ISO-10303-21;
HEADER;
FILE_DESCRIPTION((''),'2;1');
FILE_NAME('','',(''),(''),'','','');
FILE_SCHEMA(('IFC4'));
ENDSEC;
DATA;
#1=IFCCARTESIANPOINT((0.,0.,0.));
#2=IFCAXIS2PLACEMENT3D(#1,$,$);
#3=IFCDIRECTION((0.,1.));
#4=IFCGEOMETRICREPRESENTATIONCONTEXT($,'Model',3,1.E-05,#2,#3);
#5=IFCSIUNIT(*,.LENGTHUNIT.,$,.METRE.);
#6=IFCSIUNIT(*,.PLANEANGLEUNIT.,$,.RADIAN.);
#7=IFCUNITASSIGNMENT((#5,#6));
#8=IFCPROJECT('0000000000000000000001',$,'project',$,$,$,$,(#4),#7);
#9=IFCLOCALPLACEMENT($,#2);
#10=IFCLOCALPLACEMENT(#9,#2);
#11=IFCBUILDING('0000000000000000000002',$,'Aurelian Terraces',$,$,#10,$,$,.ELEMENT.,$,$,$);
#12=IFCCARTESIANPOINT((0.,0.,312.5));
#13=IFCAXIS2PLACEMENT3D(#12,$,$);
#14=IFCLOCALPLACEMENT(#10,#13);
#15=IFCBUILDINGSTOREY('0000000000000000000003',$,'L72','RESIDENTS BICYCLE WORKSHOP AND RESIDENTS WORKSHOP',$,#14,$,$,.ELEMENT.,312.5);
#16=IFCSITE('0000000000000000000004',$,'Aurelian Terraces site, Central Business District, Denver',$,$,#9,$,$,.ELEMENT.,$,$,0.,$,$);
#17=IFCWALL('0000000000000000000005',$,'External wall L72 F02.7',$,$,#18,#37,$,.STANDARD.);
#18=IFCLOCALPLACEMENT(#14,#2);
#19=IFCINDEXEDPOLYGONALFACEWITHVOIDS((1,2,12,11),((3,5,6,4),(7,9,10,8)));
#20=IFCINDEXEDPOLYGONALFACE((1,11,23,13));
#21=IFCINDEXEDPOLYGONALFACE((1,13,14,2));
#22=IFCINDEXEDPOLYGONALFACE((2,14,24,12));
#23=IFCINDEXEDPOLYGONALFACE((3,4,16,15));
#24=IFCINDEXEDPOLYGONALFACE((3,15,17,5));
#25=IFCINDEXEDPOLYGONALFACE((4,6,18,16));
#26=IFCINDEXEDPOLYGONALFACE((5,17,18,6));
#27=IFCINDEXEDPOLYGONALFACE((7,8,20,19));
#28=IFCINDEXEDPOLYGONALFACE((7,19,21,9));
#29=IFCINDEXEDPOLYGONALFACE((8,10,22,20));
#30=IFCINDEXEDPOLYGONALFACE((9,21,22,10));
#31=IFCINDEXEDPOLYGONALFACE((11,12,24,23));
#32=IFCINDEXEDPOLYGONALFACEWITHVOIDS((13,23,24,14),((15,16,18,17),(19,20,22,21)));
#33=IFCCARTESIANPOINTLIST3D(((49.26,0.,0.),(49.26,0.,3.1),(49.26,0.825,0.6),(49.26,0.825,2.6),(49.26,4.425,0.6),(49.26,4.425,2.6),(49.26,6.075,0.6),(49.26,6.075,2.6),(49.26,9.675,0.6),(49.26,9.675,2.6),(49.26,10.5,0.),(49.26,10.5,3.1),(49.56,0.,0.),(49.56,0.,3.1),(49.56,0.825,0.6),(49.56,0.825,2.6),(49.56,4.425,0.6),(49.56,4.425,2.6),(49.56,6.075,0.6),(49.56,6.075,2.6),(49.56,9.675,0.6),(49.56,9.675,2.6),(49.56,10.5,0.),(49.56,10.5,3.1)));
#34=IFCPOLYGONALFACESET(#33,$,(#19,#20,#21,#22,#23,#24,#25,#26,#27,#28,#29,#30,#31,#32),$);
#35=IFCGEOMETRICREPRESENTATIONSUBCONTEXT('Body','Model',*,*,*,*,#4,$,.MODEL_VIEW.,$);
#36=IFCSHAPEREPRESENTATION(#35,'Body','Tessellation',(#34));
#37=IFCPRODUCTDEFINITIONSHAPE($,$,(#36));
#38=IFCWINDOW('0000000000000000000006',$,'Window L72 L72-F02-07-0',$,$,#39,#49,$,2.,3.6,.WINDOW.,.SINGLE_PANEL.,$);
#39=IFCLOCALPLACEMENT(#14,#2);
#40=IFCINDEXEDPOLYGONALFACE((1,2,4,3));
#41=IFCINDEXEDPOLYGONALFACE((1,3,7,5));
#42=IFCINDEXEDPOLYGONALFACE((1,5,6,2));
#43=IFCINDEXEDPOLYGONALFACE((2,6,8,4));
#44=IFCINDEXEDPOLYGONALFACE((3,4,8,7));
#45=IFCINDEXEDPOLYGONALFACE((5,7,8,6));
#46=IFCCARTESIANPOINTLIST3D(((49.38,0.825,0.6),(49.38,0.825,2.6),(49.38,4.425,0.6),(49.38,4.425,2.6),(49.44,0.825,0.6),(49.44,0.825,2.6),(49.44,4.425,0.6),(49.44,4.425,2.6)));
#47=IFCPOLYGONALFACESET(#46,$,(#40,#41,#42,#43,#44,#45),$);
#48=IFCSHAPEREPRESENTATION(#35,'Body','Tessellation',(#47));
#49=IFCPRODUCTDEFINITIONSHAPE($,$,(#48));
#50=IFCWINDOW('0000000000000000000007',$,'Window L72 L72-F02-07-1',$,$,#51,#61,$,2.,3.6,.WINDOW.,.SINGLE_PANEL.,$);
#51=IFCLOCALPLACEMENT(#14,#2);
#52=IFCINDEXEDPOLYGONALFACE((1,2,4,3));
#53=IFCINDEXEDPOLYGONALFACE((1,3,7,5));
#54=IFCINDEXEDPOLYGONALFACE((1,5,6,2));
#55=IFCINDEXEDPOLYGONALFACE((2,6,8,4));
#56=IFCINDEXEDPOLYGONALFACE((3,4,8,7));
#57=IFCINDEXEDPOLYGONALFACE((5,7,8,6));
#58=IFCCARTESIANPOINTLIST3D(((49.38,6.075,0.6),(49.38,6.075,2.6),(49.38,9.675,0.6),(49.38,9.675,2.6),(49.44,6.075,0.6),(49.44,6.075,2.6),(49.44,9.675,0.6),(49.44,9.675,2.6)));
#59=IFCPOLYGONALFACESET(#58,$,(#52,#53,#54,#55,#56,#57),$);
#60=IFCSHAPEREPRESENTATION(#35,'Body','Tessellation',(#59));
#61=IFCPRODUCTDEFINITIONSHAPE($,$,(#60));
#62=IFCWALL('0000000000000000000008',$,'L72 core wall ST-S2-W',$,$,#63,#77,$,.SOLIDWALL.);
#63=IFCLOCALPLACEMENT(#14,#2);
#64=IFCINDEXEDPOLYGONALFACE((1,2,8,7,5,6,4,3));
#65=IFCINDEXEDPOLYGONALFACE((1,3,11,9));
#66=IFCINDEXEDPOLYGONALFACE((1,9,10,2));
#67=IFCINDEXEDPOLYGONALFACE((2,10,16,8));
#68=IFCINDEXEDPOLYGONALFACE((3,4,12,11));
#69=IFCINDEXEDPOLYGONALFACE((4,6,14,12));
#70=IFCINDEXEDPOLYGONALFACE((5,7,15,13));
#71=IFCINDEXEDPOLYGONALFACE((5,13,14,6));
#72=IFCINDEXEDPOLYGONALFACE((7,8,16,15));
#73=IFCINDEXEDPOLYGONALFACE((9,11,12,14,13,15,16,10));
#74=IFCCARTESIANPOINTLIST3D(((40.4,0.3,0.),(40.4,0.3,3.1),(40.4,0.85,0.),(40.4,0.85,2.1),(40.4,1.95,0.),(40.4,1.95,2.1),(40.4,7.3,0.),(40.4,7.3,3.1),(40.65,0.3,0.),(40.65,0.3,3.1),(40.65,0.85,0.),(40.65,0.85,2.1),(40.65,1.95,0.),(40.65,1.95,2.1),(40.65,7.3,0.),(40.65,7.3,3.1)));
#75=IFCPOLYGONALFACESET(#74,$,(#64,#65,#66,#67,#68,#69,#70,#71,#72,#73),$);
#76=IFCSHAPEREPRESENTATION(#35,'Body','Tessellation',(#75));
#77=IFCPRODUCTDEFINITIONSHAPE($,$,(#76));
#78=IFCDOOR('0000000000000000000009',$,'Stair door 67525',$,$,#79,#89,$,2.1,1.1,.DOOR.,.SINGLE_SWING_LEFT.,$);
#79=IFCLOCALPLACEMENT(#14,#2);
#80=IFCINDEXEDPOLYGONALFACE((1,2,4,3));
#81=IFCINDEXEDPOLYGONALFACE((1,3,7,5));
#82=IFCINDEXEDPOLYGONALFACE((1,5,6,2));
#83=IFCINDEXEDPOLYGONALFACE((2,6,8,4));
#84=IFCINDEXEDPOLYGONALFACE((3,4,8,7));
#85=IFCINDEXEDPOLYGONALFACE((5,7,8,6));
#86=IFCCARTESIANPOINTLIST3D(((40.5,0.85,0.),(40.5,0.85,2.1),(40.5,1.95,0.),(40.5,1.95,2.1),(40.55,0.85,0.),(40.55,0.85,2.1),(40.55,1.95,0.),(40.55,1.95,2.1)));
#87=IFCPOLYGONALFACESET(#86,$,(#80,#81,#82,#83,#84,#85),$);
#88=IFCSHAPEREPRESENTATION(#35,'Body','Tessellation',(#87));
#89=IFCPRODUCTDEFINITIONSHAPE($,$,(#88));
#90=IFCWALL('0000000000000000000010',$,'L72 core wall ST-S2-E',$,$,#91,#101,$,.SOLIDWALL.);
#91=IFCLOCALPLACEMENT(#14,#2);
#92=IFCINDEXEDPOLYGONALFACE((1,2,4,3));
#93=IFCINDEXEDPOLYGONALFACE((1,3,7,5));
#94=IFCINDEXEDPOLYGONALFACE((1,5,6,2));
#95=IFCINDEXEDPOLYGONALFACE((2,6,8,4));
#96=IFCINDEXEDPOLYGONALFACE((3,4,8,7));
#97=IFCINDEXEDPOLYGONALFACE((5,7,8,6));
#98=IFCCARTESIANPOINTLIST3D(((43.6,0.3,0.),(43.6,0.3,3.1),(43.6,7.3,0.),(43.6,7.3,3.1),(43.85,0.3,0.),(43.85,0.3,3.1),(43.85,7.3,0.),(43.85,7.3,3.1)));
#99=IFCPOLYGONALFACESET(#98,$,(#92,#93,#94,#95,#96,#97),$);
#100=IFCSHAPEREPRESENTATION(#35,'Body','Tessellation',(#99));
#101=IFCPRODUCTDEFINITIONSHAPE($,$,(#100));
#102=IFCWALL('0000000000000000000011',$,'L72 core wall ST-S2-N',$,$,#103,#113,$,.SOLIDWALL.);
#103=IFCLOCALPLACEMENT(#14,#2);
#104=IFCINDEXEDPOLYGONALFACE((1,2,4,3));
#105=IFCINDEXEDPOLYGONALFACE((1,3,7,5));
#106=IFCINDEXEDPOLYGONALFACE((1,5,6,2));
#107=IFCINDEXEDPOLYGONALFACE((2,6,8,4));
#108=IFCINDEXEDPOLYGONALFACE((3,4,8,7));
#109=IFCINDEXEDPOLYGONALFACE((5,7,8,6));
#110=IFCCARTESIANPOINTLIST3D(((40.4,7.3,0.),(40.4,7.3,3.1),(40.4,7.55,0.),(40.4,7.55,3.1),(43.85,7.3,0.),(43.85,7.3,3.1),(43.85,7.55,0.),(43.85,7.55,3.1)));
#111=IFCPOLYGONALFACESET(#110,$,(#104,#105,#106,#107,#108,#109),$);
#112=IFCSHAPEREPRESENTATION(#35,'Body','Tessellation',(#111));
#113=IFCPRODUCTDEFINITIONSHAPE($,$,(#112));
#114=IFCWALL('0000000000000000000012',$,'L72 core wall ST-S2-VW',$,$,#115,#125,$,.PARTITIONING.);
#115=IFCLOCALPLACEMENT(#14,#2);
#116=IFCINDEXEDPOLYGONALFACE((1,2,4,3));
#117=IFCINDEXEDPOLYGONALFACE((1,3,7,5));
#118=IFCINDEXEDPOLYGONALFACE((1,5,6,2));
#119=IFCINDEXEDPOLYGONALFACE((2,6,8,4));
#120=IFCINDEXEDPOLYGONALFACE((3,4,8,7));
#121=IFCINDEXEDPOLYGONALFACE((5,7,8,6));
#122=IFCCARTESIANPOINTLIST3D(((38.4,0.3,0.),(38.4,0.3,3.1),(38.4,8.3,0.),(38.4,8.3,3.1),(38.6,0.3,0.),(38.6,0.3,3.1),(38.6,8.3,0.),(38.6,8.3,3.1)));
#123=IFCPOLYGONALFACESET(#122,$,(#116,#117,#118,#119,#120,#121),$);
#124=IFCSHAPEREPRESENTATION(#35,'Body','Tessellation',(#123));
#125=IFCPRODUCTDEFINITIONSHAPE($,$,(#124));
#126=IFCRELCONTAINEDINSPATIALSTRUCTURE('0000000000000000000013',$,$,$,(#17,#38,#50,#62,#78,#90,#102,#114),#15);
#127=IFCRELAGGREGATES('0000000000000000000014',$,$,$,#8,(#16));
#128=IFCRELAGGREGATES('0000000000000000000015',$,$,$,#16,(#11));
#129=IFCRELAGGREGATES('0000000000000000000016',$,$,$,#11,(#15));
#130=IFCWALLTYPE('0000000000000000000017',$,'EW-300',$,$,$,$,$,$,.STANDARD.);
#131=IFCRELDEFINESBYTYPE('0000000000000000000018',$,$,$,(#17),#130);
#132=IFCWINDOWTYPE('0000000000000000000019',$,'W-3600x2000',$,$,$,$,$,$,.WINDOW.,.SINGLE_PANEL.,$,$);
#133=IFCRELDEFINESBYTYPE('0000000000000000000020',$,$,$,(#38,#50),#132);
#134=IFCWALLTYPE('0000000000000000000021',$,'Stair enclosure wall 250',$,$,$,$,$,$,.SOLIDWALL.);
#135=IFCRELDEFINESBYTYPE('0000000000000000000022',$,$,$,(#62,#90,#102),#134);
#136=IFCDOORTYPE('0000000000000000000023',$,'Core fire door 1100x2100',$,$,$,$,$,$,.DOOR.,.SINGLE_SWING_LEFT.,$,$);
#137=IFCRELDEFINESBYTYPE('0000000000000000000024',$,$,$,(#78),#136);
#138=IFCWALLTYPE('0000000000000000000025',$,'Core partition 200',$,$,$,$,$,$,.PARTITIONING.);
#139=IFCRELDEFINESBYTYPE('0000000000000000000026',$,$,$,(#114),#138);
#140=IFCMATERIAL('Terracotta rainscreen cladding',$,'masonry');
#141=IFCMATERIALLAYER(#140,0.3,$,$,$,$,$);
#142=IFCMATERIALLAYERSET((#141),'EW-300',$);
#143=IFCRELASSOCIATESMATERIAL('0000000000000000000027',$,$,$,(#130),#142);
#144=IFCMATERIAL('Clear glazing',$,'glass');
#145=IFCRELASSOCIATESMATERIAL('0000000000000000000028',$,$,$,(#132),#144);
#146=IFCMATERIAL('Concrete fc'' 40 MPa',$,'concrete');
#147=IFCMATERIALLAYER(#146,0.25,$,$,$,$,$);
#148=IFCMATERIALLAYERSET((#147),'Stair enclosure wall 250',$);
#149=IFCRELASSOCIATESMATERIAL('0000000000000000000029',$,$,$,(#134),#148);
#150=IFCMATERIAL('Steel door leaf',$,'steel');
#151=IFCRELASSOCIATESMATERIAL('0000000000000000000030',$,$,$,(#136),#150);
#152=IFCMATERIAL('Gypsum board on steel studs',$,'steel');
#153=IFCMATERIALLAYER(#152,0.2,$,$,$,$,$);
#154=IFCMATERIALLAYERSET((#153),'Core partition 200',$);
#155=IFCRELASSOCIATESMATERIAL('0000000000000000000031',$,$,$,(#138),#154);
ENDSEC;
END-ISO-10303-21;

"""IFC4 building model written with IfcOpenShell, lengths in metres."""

from ifc_helpers import new_model, si_unit, direction, frame, frame_2d, origin, place, context, subcontext, project, spatial, rectangle, extrude, source, transform, mapped, material, layer, layer_set, type_object, element, fill, save


model = new_model("IFC4")

# Units and contexts
model_context = context("Model", 3, precision=1e-05, world=origin(), true_north=direction((0.0, 1.0)))
body_context = subcontext(model_context, "Body", "Model", "MODEL_VIEW")
ifc_project = project(units=[si_unit("LENGTHUNIT", "METRE"), si_unit("PLANEANGLEUNIT", "RADIAN")], contexts=[model_context])

# Site, building, storey
site_placement = place(None, origin())
site = spatial("IfcSite", under=ifc_project, at=site_placement, Name="Aurelian Terraces site, Central Business District, Denver", CompositionType="ELEMENT", RefElevation=0.0)
building_placement = place(site_placement, origin())
building = spatial("IfcBuilding", under=site, at=building_placement, Name="Aurelian Terraces", CompositionType="ELEMENT")
storey_placement = place(building_placement, frame((0.0, 0.0, 312.5)))
storey = spatial("IfcBuildingStorey", under=building, at=storey_placement, Name="L72", Description="RESIDENTS BICYCLE WORKSHOP AND RESIDENTS WORKSHOP", CompositionType="ELEMENT", Elevation=312.5)

# Shared definitions
ifc_material_1 = material(Name="Gypsum board on steel studs", Category="steel")

# Shared definitions
ifc_material_2 = material(Name="Terracotta rainscreen cladding", Category="masonry")
ifc_layer_1 = layer(ifc_material_2, 0.3)
ifc_layer_set_1 = layer_set([ifc_layer_1], Name="EW-300")
wall_type_1 = type_object("IfcWallType", Name="EW-300", PredefinedType="STANDARD", material=ifc_layer_set_1)
ifc_material_3 = material(Name="Clear glazing", Category="glass")

# Shared definitions
ifc_material_4 = material(Name="Concrete fc' 40 MPa", Category="concrete")

# Wall, openings, windows
shared_shape_1 = source(origin(), body_context, "Body", "SweptSolid", [
    extrude(rectangle(XDim=10.5, YDim=0.3, at=frame_2d((5.25, 0.0))), origin(), (0.0, 0.0, 1.0), 3.1),
])
wall_1_placement = place(storey_placement, frame((49.41, 0.0, 0.0), z_axis=(0.0, 0.0, 1.0), x_axis=(0.0, 1.0, 0.0)))
wall_1 = element("IfcWall", 1, at=wall_1_placement, inside=storey, type_object=wall_type_1, Name="External wall L72 F02.7", PredefinedType="STANDARD", context=body_context, shape_type="MappedRepresentation", body=[
    mapped(shared_shape_1, transform((0.0, 0.0, 0.0), scale=1.0)),
])
shared_shape_2 = source(origin(), body_context, "Body", "SweptSolid", [
    extrude(rectangle(XDim=3.6, YDim=2.0, at=frame_2d((1.8, 1.0))), frame((0.0, 0.16, 0.0), z_axis=(0.0, -1.0, 0.0), x_axis=(1.0, 0.0, 0.0)), (0.0, 0.0, 1.0), 0.32),
])
opening_1_placement = place(wall_1_placement, frame((0.825, 0.0, 0.6)))
opening_1 = element("IfcOpeningElement", 2, at=opening_1_placement, cuts=wall_1, PredefinedType="OPENING", context=body_context, shape_type="MappedRepresentation", body=[
    mapped(shared_shape_2, transform((0.0, 0.0, 0.0), scale=1.0)),
])
opening_2_placement = place(wall_1_placement, frame((6.075, 0.0, 0.6)))
opening_2 = element("IfcOpeningElement", 3, at=opening_2_placement, cuts=wall_1, PredefinedType="OPENING", context=body_context, shape_type="MappedRepresentation", body=[
    mapped(shared_shape_2, transform((0.0, 0.0, 0.0), scale=1.0)),
])
window_type_1 = type_object("IfcWindowType", Name="W-3600x2000", PartitioningType="SINGLE_PANEL", PredefinedType="WINDOW", material=ifc_material_3)
shared_shape_3 = source(origin(), body_context, "Body", "SweptSolid", [
    extrude(rectangle(XDim=3.6, YDim=2.0, at=frame_2d((1.8, 1.0))), frame((0.0, 0.03, 0.0), z_axis=(0.0, -1.0, 0.0), x_axis=(1.0, 0.0, 0.0)), (0.0, 0.0, 1.0), 0.06),
])
window_1_placement = place(opening_1_placement, origin())
window_1 = element("IfcWindow", 4, at=window_1_placement, inside=storey, type_object=window_type_1, Name="Window L72 L72-F02-07-0", OverallHeight=2.0, OverallWidth=3.6, PartitioningType="SINGLE_PANEL", PredefinedType="WINDOW", context=body_context, shape_type="MappedRepresentation", body=[
    mapped(shared_shape_3, transform((0.0, 0.0, 0.0), scale=1.0)),
])
fill(opening_1, window_1)
window_2_placement = place(opening_2_placement, origin())
window_2 = element("IfcWindow", 5, at=window_2_placement, inside=storey, type_object=window_type_1, Name="Window L72 L72-F02-07-1", OverallHeight=2.0, OverallWidth=3.6, PartitioningType="SINGLE_PANEL", PredefinedType="WINDOW", context=body_context, shape_type="MappedRepresentation", body=[
    mapped(shared_shape_3, transform((0.0, 0.0, 0.0), scale=1.0)),
])
fill(opening_2, window_2)

# Wall, opening, door
ifc_layer_2 = layer(ifc_material_4, 0.25)
ifc_layer_set_2 = layer_set([ifc_layer_2], Name="Stair enclosure wall 250")
wall_type_2 = type_object("IfcWallType", Name="Stair enclosure wall 250", PredefinedType="SOLIDWALL", material=ifc_layer_set_2)
shared_shape_4 = source(origin(), body_context, "Body", "SweptSolid", [
    extrude(rectangle(XDim=7.0, YDim=0.25, at=frame_2d((3.5, 0.0))), origin(), (0.0, 0.0, 1.0), 3.1),
])
wall_2_placement = place(storey_placement, frame((40.525, 0.3, 0.0), z_axis=(0.0, 0.0, 1.0), x_axis=(0.0, 1.0, 0.0)))
wall_2 = element("IfcWall", 6, at=wall_2_placement, inside=storey, type_object=wall_type_2, Name="L72 core wall ST-S2-W", PredefinedType="SOLIDWALL", context=body_context, shape_type="MappedRepresentation", body=[
    mapped(shared_shape_4, transform((0.0, 0.0, 0.0), scale=1.0)),
])
shared_shape_5 = source(origin(), body_context, "Body", "SweptSolid", [
    extrude(rectangle(XDim=1.1, YDim=2.1, at=frame_2d((0.55, 1.05))), frame((0.0, 0.135, 0.0), z_axis=(0.0, -1.0, 0.0), x_axis=(1.0, 0.0, 0.0)), (0.0, 0.0, 1.0), 0.27),
])
opening_3_placement = place(wall_2_placement, frame((0.55, 0.0, 0.0)))
opening_3 = element("IfcOpeningElement", 7, at=opening_3_placement, cuts=wall_2, PredefinedType="OPENING", context=body_context, shape_type="MappedRepresentation", body=[
    mapped(shared_shape_5, transform((0.0, 0.0, 0.0), scale=1.0)),
])
ifc_material_5 = material(Name="Steel door leaf", Category="steel")
door_type_1 = type_object("IfcDoorType", Name="Core fire door 1100x2100", OperationType="SINGLE_SWING_LEFT", PredefinedType="DOOR", material=ifc_material_5)
shared_shape_6 = source(origin(), body_context, "Body", "SweptSolid", [
    extrude(rectangle(XDim=1.1, YDim=2.1, at=frame_2d((0.55, 1.05))), frame((0.0, 0.025, 0.0), z_axis=(0.0, -1.0, 0.0), x_axis=(1.0, 0.0, 0.0)), (0.0, 0.0, 1.0), 0.05),
])
door_1_placement = place(opening_3_placement, origin())
door_1 = element("IfcDoor", 8, at=door_1_placement, inside=storey, type_object=door_type_1, Name="Stair door 67525", OperationType="SINGLE_SWING_LEFT", OverallHeight=2.1, OverallWidth=1.1, PredefinedType="DOOR", context=body_context, shape_type="MappedRepresentation", body=[
    mapped(shared_shape_6, transform((0.0, 0.0, 0.0), scale=1.0)),
])
fill(opening_3, door_1)

# Walls
wall_3_placement = place(storey_placement, frame((43.725, 0.3, 0.0), z_axis=(0.0, 0.0, 1.0), x_axis=(0.0, 1.0, 0.0)))
element("IfcWall", 9, at=wall_3_placement, inside=storey, type_object=wall_type_2, Name="L72 core wall ST-S2-E", PredefinedType="SOLIDWALL", context=body_context, shape_type="MappedRepresentation", body=[
    mapped(shared_shape_4, transform((0.0, 0.0, 0.0), scale=1.0)),
])
shared_shape_7 = source(origin(), body_context, "Body", "SweptSolid", [
    extrude(rectangle(XDim=3.45, YDim=0.25, at=frame_2d((1.725, 0.0))), origin(), (0.0, 0.0, 1.0), 3.1),
])
wall_4_placement = place(storey_placement, frame((40.4, 7.425, 0.0), z_axis=(0.0, 0.0, 1.0), x_axis=(1.0, 0.0, 0.0)))
element("IfcWall", 10, at=wall_4_placement, inside=storey, type_object=wall_type_2, Name="L72 core wall ST-S2-N", PredefinedType="SOLIDWALL", context=body_context, shape_type="MappedRepresentation", body=[
    mapped(shared_shape_7, transform((0.0, 0.0, 0.0), scale=1.0)),
])
ifc_layer_3 = layer(ifc_material_1, 0.2)
ifc_layer_set_3 = layer_set([ifc_layer_3], Name="Core partition 200")
wall_type_3 = type_object("IfcWallType", Name="Core partition 200", PredefinedType="PARTITIONING", material=ifc_layer_set_3)
shared_shape_8 = source(origin(), body_context, "Body", "SweptSolid", [
    extrude(rectangle(XDim=8.0, YDim=0.2, at=frame_2d((4.0, 0.0))), origin(), (0.0, 0.0, 1.0), 3.1),
])
wall_5_placement = place(storey_placement, frame((38.5, 0.3, 0.0), z_axis=(0.0, 0.0, 1.0), x_axis=(0.0, 1.0, 0.0)))
element("IfcWall", 11, at=wall_5_placement, inside=storey, type_object=wall_type_3, Name="L72 core wall ST-S2-VW", PredefinedType="PARTITIONING", context=body_context, shape_type="MappedRepresentation", body=[
    mapped(shared_shape_8, transform((0.0, 0.0, 0.0), scale=1.0)),
])

save(model, "model.ifc")
